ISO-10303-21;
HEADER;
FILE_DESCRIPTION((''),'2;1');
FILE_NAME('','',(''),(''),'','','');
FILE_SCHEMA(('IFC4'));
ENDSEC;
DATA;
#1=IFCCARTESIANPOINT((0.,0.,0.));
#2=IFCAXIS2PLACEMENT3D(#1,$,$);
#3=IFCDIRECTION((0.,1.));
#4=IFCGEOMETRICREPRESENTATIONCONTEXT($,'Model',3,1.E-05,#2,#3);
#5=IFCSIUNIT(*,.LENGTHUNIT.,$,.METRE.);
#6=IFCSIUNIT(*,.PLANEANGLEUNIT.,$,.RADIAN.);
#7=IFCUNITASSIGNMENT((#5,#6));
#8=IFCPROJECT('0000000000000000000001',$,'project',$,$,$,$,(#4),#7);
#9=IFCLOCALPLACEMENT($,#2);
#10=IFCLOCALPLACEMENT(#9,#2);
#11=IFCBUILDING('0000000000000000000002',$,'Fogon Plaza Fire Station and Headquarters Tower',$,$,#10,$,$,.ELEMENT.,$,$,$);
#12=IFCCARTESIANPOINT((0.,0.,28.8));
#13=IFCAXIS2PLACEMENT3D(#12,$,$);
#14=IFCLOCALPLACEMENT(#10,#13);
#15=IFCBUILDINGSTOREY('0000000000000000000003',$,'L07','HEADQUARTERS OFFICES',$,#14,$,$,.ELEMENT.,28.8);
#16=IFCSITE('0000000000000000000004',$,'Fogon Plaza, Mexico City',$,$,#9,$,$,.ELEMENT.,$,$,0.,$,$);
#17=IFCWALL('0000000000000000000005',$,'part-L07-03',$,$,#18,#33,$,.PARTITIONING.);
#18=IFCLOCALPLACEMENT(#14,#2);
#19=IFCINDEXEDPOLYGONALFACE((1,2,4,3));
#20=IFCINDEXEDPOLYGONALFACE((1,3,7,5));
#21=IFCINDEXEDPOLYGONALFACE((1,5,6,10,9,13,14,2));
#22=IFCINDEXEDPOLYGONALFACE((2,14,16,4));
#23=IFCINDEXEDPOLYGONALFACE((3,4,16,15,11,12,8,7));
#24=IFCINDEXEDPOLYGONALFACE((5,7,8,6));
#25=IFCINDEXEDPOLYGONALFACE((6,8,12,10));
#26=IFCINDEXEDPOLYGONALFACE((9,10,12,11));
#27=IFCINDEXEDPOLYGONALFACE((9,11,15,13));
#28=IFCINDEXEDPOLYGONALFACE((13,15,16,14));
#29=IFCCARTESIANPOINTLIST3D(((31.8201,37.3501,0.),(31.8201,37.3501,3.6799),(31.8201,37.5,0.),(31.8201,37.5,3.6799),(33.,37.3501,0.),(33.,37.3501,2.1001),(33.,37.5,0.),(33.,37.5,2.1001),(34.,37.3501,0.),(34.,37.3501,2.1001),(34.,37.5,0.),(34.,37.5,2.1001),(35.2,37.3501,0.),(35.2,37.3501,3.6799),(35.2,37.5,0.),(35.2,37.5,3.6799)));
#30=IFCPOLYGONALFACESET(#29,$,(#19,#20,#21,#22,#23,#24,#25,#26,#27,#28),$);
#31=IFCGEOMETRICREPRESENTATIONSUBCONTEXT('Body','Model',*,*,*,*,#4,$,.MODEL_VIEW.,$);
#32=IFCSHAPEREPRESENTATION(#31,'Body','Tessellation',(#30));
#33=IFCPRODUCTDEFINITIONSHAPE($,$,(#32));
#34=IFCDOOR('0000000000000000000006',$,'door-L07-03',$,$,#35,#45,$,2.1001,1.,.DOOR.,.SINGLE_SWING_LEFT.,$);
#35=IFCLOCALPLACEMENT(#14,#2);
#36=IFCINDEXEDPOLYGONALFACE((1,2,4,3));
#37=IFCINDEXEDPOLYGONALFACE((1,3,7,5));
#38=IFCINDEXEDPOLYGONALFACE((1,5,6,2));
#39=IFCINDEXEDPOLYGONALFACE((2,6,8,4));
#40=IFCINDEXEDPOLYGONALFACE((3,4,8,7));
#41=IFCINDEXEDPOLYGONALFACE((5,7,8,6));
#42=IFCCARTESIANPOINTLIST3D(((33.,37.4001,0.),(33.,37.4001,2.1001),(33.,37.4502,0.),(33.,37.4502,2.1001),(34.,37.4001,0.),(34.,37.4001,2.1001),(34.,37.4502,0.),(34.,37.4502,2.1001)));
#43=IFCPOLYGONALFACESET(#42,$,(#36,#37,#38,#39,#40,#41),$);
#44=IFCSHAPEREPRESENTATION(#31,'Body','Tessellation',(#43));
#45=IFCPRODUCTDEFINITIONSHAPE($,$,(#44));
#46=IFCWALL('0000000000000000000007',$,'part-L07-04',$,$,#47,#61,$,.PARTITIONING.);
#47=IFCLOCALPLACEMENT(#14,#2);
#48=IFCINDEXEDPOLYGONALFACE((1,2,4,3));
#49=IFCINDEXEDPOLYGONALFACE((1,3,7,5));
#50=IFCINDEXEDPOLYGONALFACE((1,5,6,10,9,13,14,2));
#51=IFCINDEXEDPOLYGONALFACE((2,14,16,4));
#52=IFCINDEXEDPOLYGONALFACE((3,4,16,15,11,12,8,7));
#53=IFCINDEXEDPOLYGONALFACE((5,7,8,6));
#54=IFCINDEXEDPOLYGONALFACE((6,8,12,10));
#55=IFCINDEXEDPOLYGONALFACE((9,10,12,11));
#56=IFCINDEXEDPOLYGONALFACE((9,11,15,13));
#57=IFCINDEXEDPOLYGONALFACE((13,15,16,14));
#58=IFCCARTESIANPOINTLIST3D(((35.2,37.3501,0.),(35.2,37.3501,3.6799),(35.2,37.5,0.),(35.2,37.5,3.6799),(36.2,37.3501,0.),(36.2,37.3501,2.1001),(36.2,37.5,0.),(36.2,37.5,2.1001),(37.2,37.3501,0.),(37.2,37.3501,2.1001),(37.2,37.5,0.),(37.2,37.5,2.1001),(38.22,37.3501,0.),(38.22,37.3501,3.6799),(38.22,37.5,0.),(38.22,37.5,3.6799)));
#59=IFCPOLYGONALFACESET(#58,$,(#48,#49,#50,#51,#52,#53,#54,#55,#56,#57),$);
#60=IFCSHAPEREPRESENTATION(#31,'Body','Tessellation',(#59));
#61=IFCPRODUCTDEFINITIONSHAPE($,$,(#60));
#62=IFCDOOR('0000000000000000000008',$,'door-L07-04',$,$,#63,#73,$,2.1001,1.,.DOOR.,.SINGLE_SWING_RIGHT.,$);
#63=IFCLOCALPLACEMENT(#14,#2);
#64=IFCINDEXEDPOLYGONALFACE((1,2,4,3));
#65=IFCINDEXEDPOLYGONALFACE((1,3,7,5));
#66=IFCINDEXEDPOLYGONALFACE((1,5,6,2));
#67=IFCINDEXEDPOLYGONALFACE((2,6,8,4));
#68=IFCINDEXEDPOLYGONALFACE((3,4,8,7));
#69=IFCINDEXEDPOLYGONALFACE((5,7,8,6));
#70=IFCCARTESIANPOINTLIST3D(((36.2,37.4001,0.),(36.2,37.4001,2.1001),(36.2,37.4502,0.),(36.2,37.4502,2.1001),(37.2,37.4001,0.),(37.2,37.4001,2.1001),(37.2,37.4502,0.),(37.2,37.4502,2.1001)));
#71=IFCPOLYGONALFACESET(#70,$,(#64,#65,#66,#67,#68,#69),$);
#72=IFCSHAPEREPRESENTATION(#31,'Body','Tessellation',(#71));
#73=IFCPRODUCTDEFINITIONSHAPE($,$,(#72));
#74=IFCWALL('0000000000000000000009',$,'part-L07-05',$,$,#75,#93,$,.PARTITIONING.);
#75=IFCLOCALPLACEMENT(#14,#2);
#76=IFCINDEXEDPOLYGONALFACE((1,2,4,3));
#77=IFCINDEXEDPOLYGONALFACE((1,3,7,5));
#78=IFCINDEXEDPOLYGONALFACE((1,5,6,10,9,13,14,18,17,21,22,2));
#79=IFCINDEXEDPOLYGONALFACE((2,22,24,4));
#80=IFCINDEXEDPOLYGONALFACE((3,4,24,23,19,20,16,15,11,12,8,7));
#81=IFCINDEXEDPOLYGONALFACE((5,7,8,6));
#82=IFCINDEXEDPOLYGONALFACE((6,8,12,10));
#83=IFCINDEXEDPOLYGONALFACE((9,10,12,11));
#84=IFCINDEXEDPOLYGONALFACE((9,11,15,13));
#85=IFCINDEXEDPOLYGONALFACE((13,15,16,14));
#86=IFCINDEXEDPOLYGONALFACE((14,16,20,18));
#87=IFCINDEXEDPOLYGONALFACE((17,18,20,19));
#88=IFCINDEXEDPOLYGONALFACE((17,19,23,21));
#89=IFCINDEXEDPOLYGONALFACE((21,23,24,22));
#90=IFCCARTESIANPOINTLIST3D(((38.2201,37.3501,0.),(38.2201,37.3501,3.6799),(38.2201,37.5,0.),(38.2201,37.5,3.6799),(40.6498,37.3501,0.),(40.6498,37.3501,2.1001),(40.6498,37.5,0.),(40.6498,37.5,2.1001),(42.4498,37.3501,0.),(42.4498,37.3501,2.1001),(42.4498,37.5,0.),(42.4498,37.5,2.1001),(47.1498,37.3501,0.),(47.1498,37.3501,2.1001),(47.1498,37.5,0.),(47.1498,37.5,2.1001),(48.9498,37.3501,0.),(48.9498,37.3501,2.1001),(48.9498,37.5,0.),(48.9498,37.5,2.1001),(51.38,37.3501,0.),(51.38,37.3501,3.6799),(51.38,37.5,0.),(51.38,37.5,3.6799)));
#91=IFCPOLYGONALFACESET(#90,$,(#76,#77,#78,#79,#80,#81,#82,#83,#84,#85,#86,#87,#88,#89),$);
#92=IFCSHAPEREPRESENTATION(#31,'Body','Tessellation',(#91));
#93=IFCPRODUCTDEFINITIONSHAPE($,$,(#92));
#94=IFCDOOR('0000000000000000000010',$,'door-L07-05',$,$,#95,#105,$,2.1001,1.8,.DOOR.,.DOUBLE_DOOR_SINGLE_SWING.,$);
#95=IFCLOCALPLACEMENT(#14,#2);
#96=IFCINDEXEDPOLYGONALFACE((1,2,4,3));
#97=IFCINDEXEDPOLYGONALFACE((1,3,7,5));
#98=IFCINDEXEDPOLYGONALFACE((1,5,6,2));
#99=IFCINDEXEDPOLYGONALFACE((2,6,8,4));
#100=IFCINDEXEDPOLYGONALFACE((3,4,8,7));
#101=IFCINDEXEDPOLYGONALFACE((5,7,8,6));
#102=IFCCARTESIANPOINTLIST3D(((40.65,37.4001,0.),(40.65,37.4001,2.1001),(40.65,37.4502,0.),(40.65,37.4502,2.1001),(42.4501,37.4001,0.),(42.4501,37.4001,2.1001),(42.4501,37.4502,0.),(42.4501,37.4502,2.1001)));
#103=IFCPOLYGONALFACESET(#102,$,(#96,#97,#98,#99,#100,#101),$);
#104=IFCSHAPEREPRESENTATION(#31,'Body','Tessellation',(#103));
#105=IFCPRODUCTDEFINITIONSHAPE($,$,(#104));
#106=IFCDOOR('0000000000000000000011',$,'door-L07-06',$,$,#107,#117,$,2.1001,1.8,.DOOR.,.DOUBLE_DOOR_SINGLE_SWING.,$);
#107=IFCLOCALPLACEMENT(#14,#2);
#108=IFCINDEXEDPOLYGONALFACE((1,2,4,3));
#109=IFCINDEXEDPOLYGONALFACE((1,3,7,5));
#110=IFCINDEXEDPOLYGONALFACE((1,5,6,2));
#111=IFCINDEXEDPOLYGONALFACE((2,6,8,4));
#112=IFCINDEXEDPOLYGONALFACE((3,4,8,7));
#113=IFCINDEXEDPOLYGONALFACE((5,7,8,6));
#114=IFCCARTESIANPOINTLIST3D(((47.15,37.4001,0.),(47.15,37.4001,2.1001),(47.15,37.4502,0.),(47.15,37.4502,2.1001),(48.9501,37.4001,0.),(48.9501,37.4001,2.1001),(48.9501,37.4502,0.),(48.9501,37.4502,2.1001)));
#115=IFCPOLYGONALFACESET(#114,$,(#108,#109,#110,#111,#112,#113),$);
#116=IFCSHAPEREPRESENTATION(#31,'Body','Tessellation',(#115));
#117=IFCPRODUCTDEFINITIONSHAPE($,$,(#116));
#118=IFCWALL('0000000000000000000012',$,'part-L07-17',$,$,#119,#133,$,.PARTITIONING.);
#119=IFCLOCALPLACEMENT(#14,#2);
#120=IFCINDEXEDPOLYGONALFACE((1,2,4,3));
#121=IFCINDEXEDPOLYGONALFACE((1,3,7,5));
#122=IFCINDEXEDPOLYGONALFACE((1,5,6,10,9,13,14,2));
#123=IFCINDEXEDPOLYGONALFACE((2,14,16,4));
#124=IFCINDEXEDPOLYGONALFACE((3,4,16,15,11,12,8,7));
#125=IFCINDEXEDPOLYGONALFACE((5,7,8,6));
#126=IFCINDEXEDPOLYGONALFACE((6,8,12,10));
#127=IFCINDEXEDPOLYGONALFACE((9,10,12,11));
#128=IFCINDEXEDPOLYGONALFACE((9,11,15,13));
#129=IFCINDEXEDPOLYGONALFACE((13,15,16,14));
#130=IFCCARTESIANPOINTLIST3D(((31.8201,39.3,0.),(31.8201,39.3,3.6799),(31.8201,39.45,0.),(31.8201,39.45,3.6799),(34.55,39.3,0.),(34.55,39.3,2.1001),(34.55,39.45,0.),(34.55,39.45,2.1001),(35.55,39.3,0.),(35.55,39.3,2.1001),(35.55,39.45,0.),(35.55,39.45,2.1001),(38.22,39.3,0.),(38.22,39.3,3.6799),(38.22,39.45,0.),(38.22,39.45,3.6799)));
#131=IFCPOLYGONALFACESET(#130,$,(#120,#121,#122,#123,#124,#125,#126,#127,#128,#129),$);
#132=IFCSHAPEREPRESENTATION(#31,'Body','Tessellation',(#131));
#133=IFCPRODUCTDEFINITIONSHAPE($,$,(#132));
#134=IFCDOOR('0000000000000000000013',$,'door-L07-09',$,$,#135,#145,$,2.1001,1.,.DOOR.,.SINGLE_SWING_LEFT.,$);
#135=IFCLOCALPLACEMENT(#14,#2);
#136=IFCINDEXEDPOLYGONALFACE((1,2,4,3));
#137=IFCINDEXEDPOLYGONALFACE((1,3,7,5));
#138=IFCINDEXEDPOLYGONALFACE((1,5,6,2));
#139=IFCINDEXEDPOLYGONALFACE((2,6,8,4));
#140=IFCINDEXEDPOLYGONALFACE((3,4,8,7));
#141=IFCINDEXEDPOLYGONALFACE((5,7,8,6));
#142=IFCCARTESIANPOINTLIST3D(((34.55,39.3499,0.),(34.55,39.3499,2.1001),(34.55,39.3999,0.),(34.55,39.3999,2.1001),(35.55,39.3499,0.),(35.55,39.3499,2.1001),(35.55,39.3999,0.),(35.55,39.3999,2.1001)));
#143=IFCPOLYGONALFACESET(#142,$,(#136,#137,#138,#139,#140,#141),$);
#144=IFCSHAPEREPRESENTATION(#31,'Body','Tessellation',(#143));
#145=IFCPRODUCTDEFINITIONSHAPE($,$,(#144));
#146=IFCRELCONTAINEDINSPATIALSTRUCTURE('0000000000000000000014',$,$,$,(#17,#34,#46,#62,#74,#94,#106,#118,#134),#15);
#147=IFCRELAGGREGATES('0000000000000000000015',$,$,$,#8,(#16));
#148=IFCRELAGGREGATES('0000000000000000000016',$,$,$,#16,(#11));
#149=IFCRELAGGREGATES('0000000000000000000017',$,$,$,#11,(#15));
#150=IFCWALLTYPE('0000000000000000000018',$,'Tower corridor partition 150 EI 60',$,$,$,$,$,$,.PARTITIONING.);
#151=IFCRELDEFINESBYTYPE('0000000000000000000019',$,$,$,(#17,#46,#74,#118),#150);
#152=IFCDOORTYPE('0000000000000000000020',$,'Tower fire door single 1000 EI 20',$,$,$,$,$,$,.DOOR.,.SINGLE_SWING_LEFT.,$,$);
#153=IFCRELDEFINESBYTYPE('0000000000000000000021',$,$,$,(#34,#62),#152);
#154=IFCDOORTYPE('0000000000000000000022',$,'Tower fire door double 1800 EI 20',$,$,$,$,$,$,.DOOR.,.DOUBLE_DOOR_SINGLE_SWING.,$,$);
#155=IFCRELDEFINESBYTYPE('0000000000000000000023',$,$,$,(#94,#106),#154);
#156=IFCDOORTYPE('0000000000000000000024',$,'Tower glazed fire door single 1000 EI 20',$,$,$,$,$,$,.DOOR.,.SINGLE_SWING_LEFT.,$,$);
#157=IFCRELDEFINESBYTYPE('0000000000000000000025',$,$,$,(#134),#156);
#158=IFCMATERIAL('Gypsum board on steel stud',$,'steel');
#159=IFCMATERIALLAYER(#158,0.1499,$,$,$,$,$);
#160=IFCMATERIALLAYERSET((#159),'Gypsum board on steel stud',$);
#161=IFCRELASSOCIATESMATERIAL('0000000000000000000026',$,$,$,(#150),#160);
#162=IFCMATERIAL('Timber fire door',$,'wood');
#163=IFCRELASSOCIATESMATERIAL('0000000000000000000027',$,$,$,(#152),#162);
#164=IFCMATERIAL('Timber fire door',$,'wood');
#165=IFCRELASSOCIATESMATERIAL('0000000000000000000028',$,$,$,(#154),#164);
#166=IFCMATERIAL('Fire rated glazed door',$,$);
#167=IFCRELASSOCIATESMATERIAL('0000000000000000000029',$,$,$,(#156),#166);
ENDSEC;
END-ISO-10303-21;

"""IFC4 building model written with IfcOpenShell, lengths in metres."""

from ifc_helpers import new_model, si_unit, direction, frame, frame_2d, origin, place, context, subcontext, project, spatial, rectangle, extrude, material, layer, layer_set, type_object, element, fill, save


model = new_model("IFC4")

# Units and contexts
model_context = context("Model", 3, precision=1e-05, world=origin(), true_north=direction((0.0, 1.0)))
body_context = subcontext(model_context, "Body", "Model", "MODEL_VIEW")
ifc_project = project(units=[si_unit("LENGTHUNIT", "METRE"), si_unit("PLANEANGLEUNIT", "RADIAN")], contexts=[model_context])

# Site, building, storey
site_placement = place(None, origin())
site = spatial("IfcSite", under=ifc_project, at=site_placement, Name="Fogon Plaza, Mexico City", CompositionType="ELEMENT", RefElevation=0.0)
building_placement = place(site_placement, origin())
building = spatial("IfcBuilding", under=site, at=building_placement, Name="Fogon Plaza Fire Station and Headquarters Tower", CompositionType="ELEMENT")
storey_placement = place(building_placement, frame((0.0, 0.0, 28.8)))
storey = spatial("IfcBuildingStorey", under=building, at=storey_placement, Name="L07", Description="HEADQUARTERS OFFICES", CompositionType="ELEMENT", Elevation=28.8)

# Walls, openings, doors
ifc_material_1 = material(Name="Gypsum board on steel stud", Category="steel")
ifc_layer_1 = layer(ifc_material_1, 0.1499)
ifc_layer_set_1 = layer_set([ifc_layer_1], Name="Gypsum board on steel stud")
wall_type_1 = type_object("IfcWallType", Name="Tower corridor partition 150 EI 60", PredefinedType="PARTITIONING", material=ifc_layer_set_1)
wall_1_placement = place(storey_placement, frame((31.8201, 37.425, 0.0), z_axis=(0.0, 0.0, 1.0), x_axis=(1.0, 0.0, 0.0)))
wall_1 = element("IfcWall", 1, at=wall_1_placement, inside=storey, type_object=wall_type_1, Name="part-L07-03", PredefinedType="PARTITIONING", context=body_context, shape_type="SweptSolid", body=[
    extrude(rectangle(XDim=3.3799, YDim=0.1499, at=frame_2d((1.6899, 0.0))), origin(), (0.0, 0.0, 1.0), 3.6799),
])
opening_1_placement = place(wall_1_placement, frame((1.1799, 0.0, 0.0)))
opening_1 = element("IfcOpeningElement", 2, at=opening_1_placement, cuts=wall_1, PredefinedType="OPENING", context=body_context, shape_type="SweptSolid", body=[
    extrude(rectangle(XDim=1.0, YDim=2.1001, at=frame_2d((0.5, 1.05))), frame((0.0, 0.085, 0.0), z_axis=(0.0, -1.0, 0.0), x_axis=(1.0, 0.0, 0.0)), (0.0, 0.0, 1.0), 0.1699),
])
ifc_material_2 = material(Name="Timber fire door", Category="wood")
door_type_1 = type_object("IfcDoorType", Name="Tower fire door single 1000 EI 20", OperationType="SINGLE_SWING_LEFT", PredefinedType="DOOR", material=ifc_material_2)
door_1_placement = place(opening_1_placement, frame((1.0, 0.0, 0.0), z_axis=(0.0, 0.0, 1.0), x_axis=(-1.0, 0.0, 0.0)))
door_1 = element("IfcDoor", 3, at=door_1_placement, inside=storey, type_object=door_type_1, Name="door-L07-03", OperationType="SINGLE_SWING_LEFT", OverallHeight=2.1001, OverallWidth=1.0, PredefinedType="DOOR", context=body_context, shape_type="SweptSolid", body=[
    extrude(rectangle(XDim=1.0, YDim=2.1001, at=frame_2d((0.5, 1.05))), frame((0.0, 0.0249, 0.0), z_axis=(0.0, -1.0, 0.0), x_axis=(1.0, 0.0, 0.0)), (0.0, 0.0, 1.0), 0.05),
])
fill(opening_1, door_1)
wall_2_placement = place(storey_placement, frame((35.2, 37.425, 0.0), z_axis=(0.0, 0.0, 1.0), x_axis=(1.0, 0.0, 0.0)))
wall_2 = element("IfcWall", 4, at=wall_2_placement, inside=storey, type_object=wall_type_1, Name="part-L07-04", PredefinedType="PARTITIONING", context=body_context, shape_type="SweptSolid", body=[
    extrude(rectangle(XDim=3.02, YDim=0.1499, at=frame_2d((1.51, 0.0))), origin(), (0.0, 0.0, 1.0), 3.6799),
])
opening_2_placement = place(wall_2_placement, frame((1.0, 0.0, 0.0)))
opening_2 = element("IfcOpeningElement", 5, at=opening_2_placement, cuts=wall_2, PredefinedType="OPENING", context=body_context, shape_type="SweptSolid", body=[
    extrude(rectangle(XDim=1.0, YDim=2.1001, at=frame_2d((0.5, 1.05))), frame((0.0, 0.085, 0.0), z_axis=(0.0, -1.0, 0.0), x_axis=(1.0, 0.0, 0.0)), (0.0, 0.0, 1.0), 0.1699),
])
door_2_placement = place(opening_2_placement, frame((1.0, 0.0, 0.0), z_axis=(0.0, 0.0, 1.0), x_axis=(-1.0, 0.0, 0.0)))
door_2 = element("IfcDoor", 6, at=door_2_placement, inside=storey, type_object=door_type_1, Name="door-L07-04", OperationType="SINGLE_SWING_RIGHT", OverallHeight=2.1001, OverallWidth=1.0, PredefinedType="DOOR", context=body_context, shape_type="SweptSolid", body=[
    extrude(rectangle(XDim=1.0, YDim=2.1001, at=frame_2d((0.5, 1.05))), frame((0.0, 0.0249, 0.0), z_axis=(0.0, -1.0, 0.0), x_axis=(1.0, 0.0, 0.0)), (0.0, 0.0, 1.0), 0.05),
])
fill(opening_2, door_2)

# Wall, openings, doors
wall_3_placement = place(storey_placement, frame((38.22, 37.425, 0.0), z_axis=(0.0, 0.0, 1.0), x_axis=(1.0, 0.0, 0.0)))
wall_3 = element("IfcWall", 7, at=wall_3_placement, inside=storey, type_object=wall_type_1, Name="part-L07-05", PredefinedType="PARTITIONING", context=body_context, shape_type="SweptSolid", body=[
    extrude(rectangle(XDim=13.1599, YDim=0.1499, at=frame_2d((6.5801, 0.0))), origin(), (0.0, 0.0, 1.0), 3.6799),
])
opening_3_placement = place(wall_3_placement, frame((2.4299, 0.0, 0.0)))
opening_3 = element("IfcOpeningElement", 8, at=opening_3_placement, cuts=wall_3, PredefinedType="OPENING", context=body_context, shape_type="SweptSolid", body=[
    extrude(rectangle(XDim=1.8, YDim=2.1001, at=frame_2d((0.8999, 1.05))), frame((0.0, 0.085, 0.0), z_axis=(0.0, -1.0, 0.0), x_axis=(1.0, 0.0, 0.0)), (0.0, 0.0, 1.0), 0.1699),
])
opening_4_placement = place(wall_3_placement, frame((8.9299, 0.0, 0.0)))
opening_4 = element("IfcOpeningElement", 9, at=opening_4_placement, cuts=wall_3, PredefinedType="OPENING", context=body_context, shape_type="SweptSolid", body=[
    extrude(rectangle(XDim=1.8, YDim=2.1001, at=frame_2d((0.8999, 1.05))), frame((0.0, 0.085, 0.0), z_axis=(0.0, -1.0, 0.0), x_axis=(1.0, 0.0, 0.0)), (0.0, 0.0, 1.0), 0.1699),
])
ifc_material_3 = material(Name="Timber fire door", Category="wood")
door_type_2 = type_object("IfcDoorType", Name="Tower fire door double 1800 EI 20", OperationType="DOUBLE_DOOR_SINGLE_SWING", PredefinedType="DOOR", material=ifc_material_3)
door_3_placement = place(opening_3_placement, frame((1.8, 0.0, 0.0), z_axis=(0.0, 0.0, 1.0), x_axis=(-1.0, 0.0, 0.0)))
door_3 = element("IfcDoor", 10, at=door_3_placement, inside=storey, type_object=door_type_2, Name="door-L07-05", OperationType="DOUBLE_DOOR_SINGLE_SWING", OverallHeight=2.1001, OverallWidth=1.8, PredefinedType="DOOR", context=body_context, shape_type="SweptSolid", body=[
    extrude(rectangle(XDim=1.8, YDim=2.1001, at=frame_2d((0.8999, 1.05))), frame((0.0, 0.0249, 0.0), z_axis=(0.0, -1.0, 0.0), x_axis=(1.0, 0.0, 0.0)), (0.0, 0.0, 1.0), 0.05),
])
fill(opening_3, door_3)
door_4_placement = place(opening_4_placement, frame((1.8, 0.0, 0.0), z_axis=(0.0, 0.0, 1.0), x_axis=(-1.0, 0.0, 0.0)))
door_4 = element("IfcDoor", 11, at=door_4_placement, inside=storey, type_object=door_type_2, Name="door-L07-06", OperationType="DOUBLE_DOOR_SINGLE_SWING", OverallHeight=2.1001, OverallWidth=1.8, PredefinedType="DOOR", context=body_context, shape_type="SweptSolid", body=[
    extrude(rectangle(XDim=1.8, YDim=2.1001, at=frame_2d((0.8999, 1.05))), frame((0.0, 0.0249, 0.0), z_axis=(0.0, -1.0, 0.0), x_axis=(1.0, 0.0, 0.0)), (0.0, 0.0, 1.0), 0.05),
])
fill(opening_4, door_4)

# Wall, opening, door
wall_4_placement = place(storey_placement, frame((31.8201, 39.375, 0.0), z_axis=(0.0, 0.0, 1.0), x_axis=(1.0, 0.0, 0.0)))
wall_4 = element("IfcWall", 12, at=wall_4_placement, inside=storey, type_object=wall_type_1, Name="part-L07-17", PredefinedType="PARTITIONING", context=body_context, shape_type="SweptSolid", body=[
    extrude(rectangle(XDim=6.3999, YDim=0.1499, at=frame_2d((3.2, 0.0))), origin(), (0.0, 0.0, 1.0), 3.6799),
])
opening_5_placement = place(wall_4_placement, frame((2.73, 0.0, 0.0)))
opening_5 = element("IfcOpeningElement", 13, at=opening_5_placement, cuts=wall_4, PredefinedType="OPENING", context=body_context, shape_type="SweptSolid", body=[
    extrude(rectangle(XDim=1.0, YDim=2.1001, at=frame_2d((0.5, 1.05))), frame((0.0, 0.085, 0.0), z_axis=(0.0, -1.0, 0.0), x_axis=(1.0, 0.0, 0.0)), (0.0, 0.0, 1.0), 0.1699),
])
ifc_material_4 = material(Name="Fire rated glazed door")
door_type_3 = type_object("IfcDoorType", Name="Tower glazed fire door single 1000 EI 20", OperationType="SINGLE_SWING_LEFT", PredefinedType="DOOR", material=ifc_material_4)
door_5_placement = place(opening_5_placement, origin())
door_5 = element("IfcDoor", 14, at=door_5_placement, inside=storey, type_object=door_type_3, Name="door-L07-09", OperationType="SINGLE_SWING_LEFT", OverallHeight=2.1001, OverallWidth=1.0, PredefinedType="DOOR", context=body_context, shape_type="SweptSolid", body=[
    extrude(rectangle(XDim=1.0, YDim=2.1001, at=frame_2d((0.5, 1.05))), frame((0.0, 0.0249, 0.0), z_axis=(0.0, -1.0, 0.0), x_axis=(1.0, 0.0, 0.0)), (0.0, 0.0, 1.0), 0.05),
])
fill(opening_5, door_5)

save(model, "model.ifc")
